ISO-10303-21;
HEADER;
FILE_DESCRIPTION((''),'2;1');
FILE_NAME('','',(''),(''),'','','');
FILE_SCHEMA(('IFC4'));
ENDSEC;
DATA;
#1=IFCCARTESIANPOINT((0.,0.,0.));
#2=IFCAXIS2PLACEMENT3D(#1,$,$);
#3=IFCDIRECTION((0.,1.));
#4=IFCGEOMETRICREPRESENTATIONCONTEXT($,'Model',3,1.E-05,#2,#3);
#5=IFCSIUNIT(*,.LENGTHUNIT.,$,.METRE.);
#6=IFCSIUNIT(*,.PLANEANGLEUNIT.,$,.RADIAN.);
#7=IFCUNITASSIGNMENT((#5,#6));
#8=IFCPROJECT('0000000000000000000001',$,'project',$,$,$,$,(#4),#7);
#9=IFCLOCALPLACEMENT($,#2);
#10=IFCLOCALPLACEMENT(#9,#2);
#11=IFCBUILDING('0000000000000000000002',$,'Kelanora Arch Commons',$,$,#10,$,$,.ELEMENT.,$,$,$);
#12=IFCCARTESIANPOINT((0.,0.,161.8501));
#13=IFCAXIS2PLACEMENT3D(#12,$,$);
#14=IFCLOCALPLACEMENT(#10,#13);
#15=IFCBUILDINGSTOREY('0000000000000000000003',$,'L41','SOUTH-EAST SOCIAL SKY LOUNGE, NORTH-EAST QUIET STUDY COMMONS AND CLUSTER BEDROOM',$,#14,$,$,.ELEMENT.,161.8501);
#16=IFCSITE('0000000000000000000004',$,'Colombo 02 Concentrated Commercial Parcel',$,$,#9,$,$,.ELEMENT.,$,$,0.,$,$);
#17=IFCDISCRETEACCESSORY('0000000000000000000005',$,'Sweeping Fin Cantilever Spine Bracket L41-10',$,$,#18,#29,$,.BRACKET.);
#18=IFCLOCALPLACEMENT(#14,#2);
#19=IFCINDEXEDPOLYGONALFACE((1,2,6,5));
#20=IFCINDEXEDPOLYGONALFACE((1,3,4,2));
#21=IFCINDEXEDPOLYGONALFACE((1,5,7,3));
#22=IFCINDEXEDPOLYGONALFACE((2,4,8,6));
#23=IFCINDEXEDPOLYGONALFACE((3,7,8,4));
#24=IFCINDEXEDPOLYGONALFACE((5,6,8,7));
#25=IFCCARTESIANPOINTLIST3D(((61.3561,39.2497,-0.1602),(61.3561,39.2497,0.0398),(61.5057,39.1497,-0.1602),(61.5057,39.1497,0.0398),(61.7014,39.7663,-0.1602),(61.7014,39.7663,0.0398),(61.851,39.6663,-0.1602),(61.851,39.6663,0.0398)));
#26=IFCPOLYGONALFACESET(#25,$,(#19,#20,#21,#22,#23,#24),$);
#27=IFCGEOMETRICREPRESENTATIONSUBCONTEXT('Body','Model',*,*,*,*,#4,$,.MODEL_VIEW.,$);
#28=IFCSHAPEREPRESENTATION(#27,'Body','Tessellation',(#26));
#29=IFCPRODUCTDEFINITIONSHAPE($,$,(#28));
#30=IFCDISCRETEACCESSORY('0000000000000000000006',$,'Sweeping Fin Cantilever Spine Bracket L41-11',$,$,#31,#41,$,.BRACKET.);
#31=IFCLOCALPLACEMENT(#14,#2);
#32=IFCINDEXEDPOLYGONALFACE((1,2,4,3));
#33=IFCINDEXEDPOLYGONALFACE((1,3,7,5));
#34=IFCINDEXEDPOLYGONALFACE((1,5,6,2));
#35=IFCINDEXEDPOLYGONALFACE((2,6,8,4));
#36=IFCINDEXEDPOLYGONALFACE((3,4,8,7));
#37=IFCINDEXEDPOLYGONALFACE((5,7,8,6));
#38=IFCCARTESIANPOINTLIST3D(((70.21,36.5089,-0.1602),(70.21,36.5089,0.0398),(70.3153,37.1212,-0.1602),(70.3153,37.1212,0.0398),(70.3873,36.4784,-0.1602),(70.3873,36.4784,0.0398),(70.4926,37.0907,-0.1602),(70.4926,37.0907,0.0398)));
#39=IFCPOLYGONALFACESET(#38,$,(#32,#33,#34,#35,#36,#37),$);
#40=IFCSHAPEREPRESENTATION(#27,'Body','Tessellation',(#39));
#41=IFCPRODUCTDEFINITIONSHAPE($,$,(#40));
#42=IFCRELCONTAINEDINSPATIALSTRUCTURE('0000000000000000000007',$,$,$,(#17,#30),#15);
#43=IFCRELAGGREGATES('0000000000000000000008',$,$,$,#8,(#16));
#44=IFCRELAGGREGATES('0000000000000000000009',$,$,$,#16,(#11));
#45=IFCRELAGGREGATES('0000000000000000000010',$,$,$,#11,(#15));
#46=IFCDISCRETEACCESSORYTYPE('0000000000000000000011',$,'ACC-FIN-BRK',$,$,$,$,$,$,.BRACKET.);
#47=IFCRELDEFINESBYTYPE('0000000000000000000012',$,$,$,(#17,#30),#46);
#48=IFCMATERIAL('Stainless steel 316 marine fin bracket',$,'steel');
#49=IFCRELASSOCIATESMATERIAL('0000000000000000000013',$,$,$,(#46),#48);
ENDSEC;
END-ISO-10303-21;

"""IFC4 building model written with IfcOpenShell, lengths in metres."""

from ifc_helpers import new_model, si_unit, direction, frame, origin, origin_2d, place, context, subcontext, project, spatial, rectangle, extrude, source, transform, mapped, material, type_object, element, save


model = new_model("IFC4")

# Units and contexts
model_context = context("Model", 3, precision=1e-05, world=origin(), true_north=direction((0.0, 1.0)))
body_context = subcontext(model_context, "Body", "Model", "MODEL_VIEW")
ifc_project = project(units=[si_unit("LENGTHUNIT", "METRE"), si_unit("PLANEANGLEUNIT", "RADIAN")], contexts=[model_context])

# Site, building, storey
site_placement = place(None, origin())
site = spatial("IfcSite", under=ifc_project, at=site_placement, Name="Colombo 02 Concentrated Commercial Parcel", CompositionType="ELEMENT", RefElevation=0.0)
building_placement = place(site_placement, origin())
building = spatial("IfcBuilding", under=site, at=building_placement, Name="Kelanora Arch Commons", CompositionType="ELEMENT")
storey_placement = place(building_placement, frame((0.0, 0.0, 161.8501)))
storey = spatial("IfcBuildingStorey", under=building, at=storey_placement, Name="L41", Description="SOUTH-EAST SOCIAL SKY LOUNGE, NORTH-EAST QUIET STUDY COMMONS AND CLUSTER BEDROOM", CompositionType="ELEMENT", Elevation=161.8501)

# Discrete accessories
ifc_material_1 = material(Name="Stainless steel 316 marine fin bracket", Category="steel")
discrete_accessory_type = type_object("IfcDiscreteAccessoryType", Name="ACC-FIN-BRK", PredefinedType="BRACKET", material=ifc_material_1)
shared_shape_1 = source(origin(), body_context, "Body", "SweptSolid", [
    extrude(rectangle(XDim=0.6213, YDim=0.1799, at=origin_2d()), origin(), (0.0, 0.0, 1.0), 0.2),
])
for number, where, z_axis, x_axis, name in (
    (1, (61.6035, 39.458, -0.1602), (0.0, 0.0, 1.0), (-0.555715, -0.831373, 0.0), "Sweeping Fin Cantilever Spine Bracket L41-10"),
    (2, (70.3513, 36.7998, -0.1602), (0.0, 0.0, 1.0), (-0.169522, -0.985526, 0.0), "Sweeping Fin Cantilever Spine Bracket L41-11"),
):
    element("IfcDiscreteAccessory", number, at=place(storey_placement, frame(where, z_axis=z_axis, x_axis=x_axis)), inside=storey, type_object=discrete_accessory_type, Name=name, PredefinedType="BRACKET", context=body_context, shape_type="MappedRepresentation", body=[
        mapped(shared_shape_1, transform((0.0, 0.0, 0.0), scale=1.0)),
    ])

save(model, "model.ifc")
